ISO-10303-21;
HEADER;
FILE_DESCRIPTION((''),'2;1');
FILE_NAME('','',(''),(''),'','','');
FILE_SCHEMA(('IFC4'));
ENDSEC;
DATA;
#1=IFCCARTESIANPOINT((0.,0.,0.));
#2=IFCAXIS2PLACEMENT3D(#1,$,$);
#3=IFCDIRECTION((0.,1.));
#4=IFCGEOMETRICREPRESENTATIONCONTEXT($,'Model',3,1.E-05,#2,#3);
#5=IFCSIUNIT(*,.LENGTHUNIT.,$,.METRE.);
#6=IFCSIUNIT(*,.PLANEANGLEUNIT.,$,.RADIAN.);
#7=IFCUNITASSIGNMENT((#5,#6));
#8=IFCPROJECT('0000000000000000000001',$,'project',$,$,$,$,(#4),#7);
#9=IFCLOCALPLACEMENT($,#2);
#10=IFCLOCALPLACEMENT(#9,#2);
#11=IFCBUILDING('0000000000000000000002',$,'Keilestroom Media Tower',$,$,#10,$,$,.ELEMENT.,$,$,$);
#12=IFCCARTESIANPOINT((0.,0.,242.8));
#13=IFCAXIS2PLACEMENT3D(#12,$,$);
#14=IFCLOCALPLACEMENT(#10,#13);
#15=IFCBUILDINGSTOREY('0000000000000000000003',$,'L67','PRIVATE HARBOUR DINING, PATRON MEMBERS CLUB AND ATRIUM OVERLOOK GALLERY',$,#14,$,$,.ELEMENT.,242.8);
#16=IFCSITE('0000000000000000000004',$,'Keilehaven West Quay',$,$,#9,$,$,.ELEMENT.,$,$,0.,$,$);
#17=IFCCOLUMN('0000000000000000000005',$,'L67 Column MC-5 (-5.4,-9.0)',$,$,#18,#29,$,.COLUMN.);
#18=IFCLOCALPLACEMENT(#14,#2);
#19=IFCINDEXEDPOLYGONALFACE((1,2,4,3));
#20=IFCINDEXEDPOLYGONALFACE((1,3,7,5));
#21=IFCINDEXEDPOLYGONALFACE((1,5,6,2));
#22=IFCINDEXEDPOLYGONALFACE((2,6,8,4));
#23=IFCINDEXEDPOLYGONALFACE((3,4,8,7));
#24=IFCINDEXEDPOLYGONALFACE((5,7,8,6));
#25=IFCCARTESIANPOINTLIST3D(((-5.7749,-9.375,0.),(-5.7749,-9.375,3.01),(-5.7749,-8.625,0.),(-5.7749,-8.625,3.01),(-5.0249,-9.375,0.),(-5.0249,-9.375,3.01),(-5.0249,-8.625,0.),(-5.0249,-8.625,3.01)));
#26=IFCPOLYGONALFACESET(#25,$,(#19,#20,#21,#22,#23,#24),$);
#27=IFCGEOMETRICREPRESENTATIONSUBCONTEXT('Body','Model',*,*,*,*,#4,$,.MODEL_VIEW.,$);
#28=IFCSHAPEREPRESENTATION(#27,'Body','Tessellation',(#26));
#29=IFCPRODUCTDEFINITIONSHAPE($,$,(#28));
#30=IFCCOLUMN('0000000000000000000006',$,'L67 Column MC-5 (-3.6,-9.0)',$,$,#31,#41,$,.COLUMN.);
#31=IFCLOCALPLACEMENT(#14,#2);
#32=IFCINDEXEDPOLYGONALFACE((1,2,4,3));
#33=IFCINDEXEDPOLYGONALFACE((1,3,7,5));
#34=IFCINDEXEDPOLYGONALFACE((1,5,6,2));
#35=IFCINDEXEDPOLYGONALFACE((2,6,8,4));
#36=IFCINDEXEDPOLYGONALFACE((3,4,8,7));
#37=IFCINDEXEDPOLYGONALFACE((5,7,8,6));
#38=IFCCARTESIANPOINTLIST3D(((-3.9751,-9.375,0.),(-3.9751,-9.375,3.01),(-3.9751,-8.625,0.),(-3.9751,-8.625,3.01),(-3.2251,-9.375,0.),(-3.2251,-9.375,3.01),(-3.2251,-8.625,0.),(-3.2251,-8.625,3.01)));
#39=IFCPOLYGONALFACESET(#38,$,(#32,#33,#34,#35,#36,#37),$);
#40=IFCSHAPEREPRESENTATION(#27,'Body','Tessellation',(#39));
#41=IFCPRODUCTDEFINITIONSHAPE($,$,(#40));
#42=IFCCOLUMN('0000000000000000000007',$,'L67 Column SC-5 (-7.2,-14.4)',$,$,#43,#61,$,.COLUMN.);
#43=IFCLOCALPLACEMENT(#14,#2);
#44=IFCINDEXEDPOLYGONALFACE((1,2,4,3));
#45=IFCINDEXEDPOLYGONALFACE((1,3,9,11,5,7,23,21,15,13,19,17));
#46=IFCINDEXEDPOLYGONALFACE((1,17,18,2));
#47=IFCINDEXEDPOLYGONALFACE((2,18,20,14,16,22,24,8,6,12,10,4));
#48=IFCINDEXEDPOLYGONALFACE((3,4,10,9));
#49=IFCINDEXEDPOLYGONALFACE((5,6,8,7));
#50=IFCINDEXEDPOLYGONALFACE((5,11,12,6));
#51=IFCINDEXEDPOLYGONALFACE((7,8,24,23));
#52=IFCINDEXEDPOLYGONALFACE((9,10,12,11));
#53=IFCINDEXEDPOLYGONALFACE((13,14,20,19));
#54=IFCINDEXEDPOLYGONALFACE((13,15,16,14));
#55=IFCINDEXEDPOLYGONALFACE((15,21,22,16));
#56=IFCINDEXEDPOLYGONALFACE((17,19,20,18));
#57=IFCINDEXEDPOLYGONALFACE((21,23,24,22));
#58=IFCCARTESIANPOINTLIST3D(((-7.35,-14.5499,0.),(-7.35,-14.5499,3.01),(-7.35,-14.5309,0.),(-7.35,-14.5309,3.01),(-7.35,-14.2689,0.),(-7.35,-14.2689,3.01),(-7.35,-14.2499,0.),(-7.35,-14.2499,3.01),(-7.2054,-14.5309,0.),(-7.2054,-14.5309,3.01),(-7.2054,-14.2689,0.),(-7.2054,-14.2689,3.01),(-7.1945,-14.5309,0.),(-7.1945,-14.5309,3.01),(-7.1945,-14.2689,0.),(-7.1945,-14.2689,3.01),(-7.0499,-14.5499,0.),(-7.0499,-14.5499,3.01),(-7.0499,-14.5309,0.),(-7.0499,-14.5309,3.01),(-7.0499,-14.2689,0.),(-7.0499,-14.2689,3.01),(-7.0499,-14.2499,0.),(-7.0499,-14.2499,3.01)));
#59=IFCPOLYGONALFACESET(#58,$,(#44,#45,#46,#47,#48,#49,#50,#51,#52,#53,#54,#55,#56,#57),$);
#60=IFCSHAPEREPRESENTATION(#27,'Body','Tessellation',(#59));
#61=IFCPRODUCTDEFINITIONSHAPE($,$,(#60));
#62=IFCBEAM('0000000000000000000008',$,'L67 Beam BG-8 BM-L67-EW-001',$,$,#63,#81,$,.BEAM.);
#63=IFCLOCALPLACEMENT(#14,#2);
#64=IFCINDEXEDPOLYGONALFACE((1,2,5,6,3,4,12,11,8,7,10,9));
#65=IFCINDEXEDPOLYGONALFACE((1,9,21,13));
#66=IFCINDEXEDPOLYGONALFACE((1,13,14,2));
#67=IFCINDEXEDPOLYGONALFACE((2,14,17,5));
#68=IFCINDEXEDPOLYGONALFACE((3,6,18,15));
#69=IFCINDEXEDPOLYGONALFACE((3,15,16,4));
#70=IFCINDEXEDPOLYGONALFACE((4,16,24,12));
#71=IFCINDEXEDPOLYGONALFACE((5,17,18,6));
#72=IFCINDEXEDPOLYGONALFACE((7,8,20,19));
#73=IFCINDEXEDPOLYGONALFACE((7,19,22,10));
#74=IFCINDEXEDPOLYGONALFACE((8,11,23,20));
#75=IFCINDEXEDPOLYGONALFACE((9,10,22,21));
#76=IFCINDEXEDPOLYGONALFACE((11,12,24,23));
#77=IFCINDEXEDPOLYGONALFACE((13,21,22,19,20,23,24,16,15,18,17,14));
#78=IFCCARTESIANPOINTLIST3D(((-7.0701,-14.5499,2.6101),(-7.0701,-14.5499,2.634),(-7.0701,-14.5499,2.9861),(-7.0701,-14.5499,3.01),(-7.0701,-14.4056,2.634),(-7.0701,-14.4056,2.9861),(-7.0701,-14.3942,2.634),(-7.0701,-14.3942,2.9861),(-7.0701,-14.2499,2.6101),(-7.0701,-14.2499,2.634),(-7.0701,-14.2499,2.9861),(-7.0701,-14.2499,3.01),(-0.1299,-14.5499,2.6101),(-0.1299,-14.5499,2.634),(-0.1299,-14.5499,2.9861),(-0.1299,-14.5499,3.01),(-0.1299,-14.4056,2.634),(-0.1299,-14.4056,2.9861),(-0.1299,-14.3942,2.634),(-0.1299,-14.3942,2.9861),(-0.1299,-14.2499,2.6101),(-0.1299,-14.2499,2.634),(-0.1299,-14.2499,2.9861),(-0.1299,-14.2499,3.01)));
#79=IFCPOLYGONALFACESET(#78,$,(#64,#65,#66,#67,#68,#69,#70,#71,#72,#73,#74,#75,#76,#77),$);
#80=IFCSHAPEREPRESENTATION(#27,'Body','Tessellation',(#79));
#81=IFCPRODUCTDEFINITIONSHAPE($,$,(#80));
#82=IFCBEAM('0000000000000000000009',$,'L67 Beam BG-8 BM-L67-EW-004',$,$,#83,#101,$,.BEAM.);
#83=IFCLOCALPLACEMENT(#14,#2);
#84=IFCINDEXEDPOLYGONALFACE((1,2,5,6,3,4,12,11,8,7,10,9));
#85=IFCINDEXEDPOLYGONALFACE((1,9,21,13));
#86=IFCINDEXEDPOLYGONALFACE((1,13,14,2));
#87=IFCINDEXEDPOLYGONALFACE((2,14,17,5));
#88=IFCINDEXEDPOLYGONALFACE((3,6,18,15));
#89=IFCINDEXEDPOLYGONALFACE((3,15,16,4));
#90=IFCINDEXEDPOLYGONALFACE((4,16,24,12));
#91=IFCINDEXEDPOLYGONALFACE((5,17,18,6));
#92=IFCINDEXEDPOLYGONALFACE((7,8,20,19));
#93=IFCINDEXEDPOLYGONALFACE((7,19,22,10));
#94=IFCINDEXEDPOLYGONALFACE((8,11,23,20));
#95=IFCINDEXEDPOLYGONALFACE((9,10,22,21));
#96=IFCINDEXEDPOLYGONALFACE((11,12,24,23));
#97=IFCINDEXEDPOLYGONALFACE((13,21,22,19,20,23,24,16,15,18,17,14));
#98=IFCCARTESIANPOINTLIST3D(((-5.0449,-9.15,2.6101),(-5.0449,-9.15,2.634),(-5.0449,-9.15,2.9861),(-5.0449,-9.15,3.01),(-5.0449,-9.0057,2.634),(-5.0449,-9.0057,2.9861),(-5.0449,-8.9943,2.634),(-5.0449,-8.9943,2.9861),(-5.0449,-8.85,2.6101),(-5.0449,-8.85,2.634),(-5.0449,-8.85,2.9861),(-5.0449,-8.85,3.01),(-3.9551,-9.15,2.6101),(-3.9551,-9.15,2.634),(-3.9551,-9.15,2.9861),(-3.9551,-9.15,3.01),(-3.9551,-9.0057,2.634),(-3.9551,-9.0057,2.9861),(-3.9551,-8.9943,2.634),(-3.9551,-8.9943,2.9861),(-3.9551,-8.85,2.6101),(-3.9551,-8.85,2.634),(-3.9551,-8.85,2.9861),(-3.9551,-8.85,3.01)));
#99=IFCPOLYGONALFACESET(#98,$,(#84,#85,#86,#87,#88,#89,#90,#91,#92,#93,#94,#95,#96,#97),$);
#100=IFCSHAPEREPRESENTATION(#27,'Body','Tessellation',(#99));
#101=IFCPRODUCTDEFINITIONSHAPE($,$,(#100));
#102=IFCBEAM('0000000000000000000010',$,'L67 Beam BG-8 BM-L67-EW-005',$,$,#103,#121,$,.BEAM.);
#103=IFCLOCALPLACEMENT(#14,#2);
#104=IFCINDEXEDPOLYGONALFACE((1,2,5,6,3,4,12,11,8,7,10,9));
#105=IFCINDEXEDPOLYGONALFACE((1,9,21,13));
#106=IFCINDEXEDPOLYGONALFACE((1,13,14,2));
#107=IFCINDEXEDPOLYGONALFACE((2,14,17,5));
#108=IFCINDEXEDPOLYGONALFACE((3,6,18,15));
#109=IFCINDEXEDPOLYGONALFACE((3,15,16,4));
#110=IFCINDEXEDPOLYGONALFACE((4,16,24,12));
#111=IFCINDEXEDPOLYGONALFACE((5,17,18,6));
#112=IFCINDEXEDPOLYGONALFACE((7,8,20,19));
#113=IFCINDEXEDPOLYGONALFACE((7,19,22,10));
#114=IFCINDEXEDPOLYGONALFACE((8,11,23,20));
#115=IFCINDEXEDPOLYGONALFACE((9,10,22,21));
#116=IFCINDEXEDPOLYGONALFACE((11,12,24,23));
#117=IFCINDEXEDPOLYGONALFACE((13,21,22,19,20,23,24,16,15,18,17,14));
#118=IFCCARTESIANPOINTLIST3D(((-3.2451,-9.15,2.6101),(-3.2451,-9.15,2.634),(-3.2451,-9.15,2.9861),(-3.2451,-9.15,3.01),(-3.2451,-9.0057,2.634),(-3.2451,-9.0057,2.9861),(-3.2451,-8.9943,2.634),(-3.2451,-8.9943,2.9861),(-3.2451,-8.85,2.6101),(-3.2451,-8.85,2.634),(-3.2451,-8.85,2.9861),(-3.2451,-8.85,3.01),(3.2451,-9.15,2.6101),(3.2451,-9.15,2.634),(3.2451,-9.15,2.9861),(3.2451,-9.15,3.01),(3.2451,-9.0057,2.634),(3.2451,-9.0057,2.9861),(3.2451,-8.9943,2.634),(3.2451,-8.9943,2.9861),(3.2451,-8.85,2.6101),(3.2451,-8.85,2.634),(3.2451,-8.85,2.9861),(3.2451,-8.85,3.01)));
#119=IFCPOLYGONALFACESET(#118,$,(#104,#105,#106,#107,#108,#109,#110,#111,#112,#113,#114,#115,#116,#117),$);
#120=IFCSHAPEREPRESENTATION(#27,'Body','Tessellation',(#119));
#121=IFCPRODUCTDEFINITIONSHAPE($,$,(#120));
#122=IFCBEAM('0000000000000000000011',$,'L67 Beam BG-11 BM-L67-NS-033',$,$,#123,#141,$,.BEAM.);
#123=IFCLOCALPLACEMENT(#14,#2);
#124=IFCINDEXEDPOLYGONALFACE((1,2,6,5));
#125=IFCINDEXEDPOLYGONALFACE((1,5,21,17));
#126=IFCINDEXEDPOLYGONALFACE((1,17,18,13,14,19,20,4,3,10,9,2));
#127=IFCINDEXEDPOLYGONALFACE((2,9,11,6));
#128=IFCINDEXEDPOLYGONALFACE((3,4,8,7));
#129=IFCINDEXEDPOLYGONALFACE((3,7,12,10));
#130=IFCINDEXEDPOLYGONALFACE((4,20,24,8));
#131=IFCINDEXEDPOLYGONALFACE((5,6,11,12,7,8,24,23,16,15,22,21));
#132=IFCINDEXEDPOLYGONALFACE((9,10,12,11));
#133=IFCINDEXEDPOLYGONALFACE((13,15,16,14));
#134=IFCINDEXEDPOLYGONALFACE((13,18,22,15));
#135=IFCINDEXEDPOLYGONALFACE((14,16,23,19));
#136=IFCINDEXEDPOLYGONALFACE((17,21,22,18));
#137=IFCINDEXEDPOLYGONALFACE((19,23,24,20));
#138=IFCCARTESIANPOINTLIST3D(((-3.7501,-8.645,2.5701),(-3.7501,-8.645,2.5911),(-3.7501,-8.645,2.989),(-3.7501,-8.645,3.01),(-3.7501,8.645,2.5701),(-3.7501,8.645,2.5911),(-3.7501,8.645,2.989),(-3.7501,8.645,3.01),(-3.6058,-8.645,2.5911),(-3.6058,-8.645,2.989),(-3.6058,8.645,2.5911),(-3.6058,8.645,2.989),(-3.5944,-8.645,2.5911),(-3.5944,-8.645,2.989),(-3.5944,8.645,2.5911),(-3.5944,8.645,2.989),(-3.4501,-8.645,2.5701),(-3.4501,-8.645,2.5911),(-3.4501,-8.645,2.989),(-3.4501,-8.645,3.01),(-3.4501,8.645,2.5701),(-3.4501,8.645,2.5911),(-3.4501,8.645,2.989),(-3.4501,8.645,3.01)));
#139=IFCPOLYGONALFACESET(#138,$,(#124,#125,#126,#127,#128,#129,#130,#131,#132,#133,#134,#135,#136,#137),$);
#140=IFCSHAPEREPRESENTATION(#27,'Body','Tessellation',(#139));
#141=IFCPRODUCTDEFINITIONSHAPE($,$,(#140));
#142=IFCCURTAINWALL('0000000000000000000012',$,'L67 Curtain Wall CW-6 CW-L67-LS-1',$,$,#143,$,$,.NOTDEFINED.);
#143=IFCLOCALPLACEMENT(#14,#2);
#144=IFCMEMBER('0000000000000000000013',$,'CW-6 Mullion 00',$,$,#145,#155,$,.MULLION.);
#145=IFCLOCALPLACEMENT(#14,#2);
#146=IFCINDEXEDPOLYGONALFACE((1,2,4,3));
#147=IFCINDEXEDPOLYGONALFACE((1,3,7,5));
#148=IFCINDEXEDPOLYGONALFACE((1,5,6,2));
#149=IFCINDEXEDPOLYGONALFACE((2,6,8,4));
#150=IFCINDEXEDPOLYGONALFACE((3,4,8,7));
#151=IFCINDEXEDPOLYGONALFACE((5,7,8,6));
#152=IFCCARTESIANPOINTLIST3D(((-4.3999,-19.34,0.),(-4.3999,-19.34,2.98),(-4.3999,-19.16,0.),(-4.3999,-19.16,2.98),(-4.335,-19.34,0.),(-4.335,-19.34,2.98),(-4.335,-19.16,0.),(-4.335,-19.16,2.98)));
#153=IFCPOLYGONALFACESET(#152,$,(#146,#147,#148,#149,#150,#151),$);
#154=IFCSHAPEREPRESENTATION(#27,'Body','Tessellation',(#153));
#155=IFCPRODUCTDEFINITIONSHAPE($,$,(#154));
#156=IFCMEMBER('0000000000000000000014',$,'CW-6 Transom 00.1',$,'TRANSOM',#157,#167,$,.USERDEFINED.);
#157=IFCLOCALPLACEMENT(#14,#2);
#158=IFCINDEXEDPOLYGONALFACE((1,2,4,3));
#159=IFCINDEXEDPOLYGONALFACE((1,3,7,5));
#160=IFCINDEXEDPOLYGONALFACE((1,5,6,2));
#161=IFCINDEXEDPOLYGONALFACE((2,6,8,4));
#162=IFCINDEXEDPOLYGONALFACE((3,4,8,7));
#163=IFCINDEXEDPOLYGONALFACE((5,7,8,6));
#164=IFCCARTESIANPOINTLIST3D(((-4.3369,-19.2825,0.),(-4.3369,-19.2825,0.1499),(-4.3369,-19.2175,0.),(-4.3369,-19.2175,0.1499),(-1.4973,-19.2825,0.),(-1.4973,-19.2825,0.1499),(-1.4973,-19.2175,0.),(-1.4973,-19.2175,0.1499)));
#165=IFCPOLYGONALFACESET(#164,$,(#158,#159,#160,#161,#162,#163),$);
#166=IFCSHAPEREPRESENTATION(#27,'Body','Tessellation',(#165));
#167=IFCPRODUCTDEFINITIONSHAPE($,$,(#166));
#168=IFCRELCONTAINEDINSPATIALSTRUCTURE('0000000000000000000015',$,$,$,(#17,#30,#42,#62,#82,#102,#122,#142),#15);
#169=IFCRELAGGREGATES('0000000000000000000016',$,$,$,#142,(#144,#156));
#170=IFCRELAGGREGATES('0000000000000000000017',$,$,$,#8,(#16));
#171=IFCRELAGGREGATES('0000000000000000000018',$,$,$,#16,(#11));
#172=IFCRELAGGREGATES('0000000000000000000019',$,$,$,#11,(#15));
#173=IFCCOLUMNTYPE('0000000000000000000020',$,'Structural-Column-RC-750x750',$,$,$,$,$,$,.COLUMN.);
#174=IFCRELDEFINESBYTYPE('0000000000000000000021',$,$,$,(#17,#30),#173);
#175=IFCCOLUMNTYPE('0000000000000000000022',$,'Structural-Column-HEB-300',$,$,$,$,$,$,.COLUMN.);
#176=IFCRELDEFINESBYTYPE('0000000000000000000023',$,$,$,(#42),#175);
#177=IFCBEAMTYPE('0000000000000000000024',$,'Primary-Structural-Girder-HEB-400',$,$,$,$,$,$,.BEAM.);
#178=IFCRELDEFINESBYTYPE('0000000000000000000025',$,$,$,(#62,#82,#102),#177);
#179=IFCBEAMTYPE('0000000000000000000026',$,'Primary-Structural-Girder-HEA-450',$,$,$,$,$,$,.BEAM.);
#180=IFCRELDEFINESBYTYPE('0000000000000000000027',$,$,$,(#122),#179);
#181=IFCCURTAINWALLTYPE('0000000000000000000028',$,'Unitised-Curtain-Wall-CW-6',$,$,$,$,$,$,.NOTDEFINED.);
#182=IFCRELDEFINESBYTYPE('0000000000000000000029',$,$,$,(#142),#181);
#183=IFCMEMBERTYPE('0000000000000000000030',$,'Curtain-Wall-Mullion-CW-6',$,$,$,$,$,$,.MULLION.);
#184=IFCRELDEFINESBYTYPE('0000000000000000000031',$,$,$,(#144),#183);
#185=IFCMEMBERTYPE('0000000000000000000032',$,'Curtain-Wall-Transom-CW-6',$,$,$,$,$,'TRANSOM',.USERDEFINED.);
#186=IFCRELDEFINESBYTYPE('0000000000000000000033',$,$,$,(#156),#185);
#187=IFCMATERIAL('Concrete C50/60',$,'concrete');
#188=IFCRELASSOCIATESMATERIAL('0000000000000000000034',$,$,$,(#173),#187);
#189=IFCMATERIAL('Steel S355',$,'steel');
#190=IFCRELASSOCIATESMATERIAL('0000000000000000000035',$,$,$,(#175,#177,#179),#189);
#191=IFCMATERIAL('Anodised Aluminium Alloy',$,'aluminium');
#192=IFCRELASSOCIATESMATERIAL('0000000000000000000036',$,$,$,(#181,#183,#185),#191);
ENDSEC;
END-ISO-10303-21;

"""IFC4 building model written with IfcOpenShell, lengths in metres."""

from ifc_helpers import new_model, si_unit, direction, frame, origin, origin_2d, place, context, subcontext, project, spatial, rectangle, i_section, extrude, source, transform, mapped, material, material_profile, profile_set, type_object, element, aggregate, save


model = new_model("IFC4")

# Units and contexts
model_context = context("Model", 3, precision=1e-05, world=origin(), true_north=direction((0.0, 1.0)))
body_context = subcontext(model_context, "Body", "Model", "MODEL_VIEW")
ifc_project = project(units=[si_unit("LENGTHUNIT", "METRE"), si_unit("PLANEANGLEUNIT", "RADIAN")], contexts=[model_context])

# Site, building, storey
site_placement = place(None, origin())
site = spatial("IfcSite", under=ifc_project, at=site_placement, Name="Keilehaven West Quay", CompositionType="ELEMENT", RefElevation=0.0)
building_placement = place(site_placement, origin())
building = spatial("IfcBuilding", under=site, at=building_placement, Name="Keilestroom Media Tower", CompositionType="ELEMENT")
storey_placement = place(building_placement, frame((0.0, 0.0, 242.8)))
storey = spatial("IfcBuildingStorey", under=building, at=storey_placement, Name="L67", Description="PRIVATE HARBOUR DINING, PATRON MEMBERS CLUB AND ATRIUM OVERLOOK GALLERY", CompositionType="ELEMENT", Elevation=242.8)

# Columns
ifc_material_1 = material(Name="Concrete C50/60", Category="concrete")
ifc_material_profile_1 = material_profile(ifc_material_1, rectangle(XDim=0.75, YDim=0.75, at=origin_2d()), Name="RC 750x750")
ifc_profile_set_1 = profile_set([ifc_material_profile_1], Name="Concrete C50/60")
column_type_1 = type_object("IfcColumnType", Name="Structural-Column-RC-750x750", PredefinedType="COLUMN", material=ifc_profile_set_1)
shared_shape_1 = source(origin(), body_context, "Body", "SweptSolid", [
    extrude(rectangle(XDim=0.75, YDim=0.75, at=origin_2d()), origin(), (0.0, 0.0, 1.0), 3.01),
])
for number, where, z_axis, x_axis, name in (
    (1, (-5.3999, -9.0, 0.0), (0.0, 0.0, 1.0), (1.0, 0.0, 0.0), "L67 Column MC-5 (-5.4,-9.0)"),
    (2, (-3.6001, -9.0, 0.0), (0.0, 0.0, 1.0), (1.0, 0.0, 0.0), "L67 Column MC-5 (-3.6,-9.0)"),
):
    element("IfcColumn", number, at=place(storey_placement, frame(where, z_axis=z_axis, x_axis=x_axis)), inside=storey, type_object=column_type_1, Name=name, PredefinedType="COLUMN", context=body_context, shape_type="MappedRepresentation", body=[
        mapped(shared_shape_1, transform((0.0, 0.0, 0.0), x_axis=(1.0, 0.0, 0.0), y_axis=(0.0, 1.0, 0.0), z_axis=(0.0, 0.0, 1.0), scale=1.0)),
    ])
ifc_material_2 = material(Name="Steel S355", Category="steel")
ifc_material_profile_2 = material_profile(ifc_material_2, i_section(OverallWidth=0.3, OverallDepth=0.3, WebThickness=0.011, FlangeThickness=0.019, at=origin_2d()), Name="HEB 300")
ifc_profile_set_2 = profile_set([ifc_material_profile_2], Name="Steel S355")
column_type_2 = type_object("IfcColumnType", Name="Structural-Column-HEB-300", PredefinedType="COLUMN", material=ifc_profile_set_2)
shared_shape_2 = source(origin(), body_context, "Body", "SweptSolid", [
    extrude(i_section(OverallWidth=0.3, OverallDepth=0.3, WebThickness=0.011, FlangeThickness=0.019, at=origin_2d()), origin(), (0.0, 0.0, 1.0), 3.01),
])
column_placement = place(storey_placement, frame((-7.2, -14.3999, 0.0), z_axis=(0.0, 0.0, 1.0), x_axis=(1.0, 0.0, 0.0)))
element("IfcColumn", 3, at=column_placement, inside=storey, type_object=column_type_2, Name="L67 Column SC-5 (-7.2,-14.4)", PredefinedType="COLUMN", context=body_context, shape_type="MappedRepresentation", body=[
    mapped(shared_shape_2, transform((0.0, 0.0, 0.0), x_axis=(1.0, 0.0, 0.0), y_axis=(0.0, 1.0, 0.0), z_axis=(0.0, 0.0, 1.0), scale=1.0)),
])

# Beams
ifc_material_profile_3 = material_profile(ifc_material_2, i_section(OverallWidth=0.3, OverallDepth=0.3999, WebThickness=0.0115, FlangeThickness=0.0239, at=origin_2d()), Name="HEB 400")
ifc_profile_set_3 = profile_set([ifc_material_profile_3], Name="Steel S355")
beam_type_1 = type_object("IfcBeamType", Name="Primary-Structural-Girder-HEB-400", PredefinedType="BEAM", material=ifc_profile_set_3)
shared_shape_3 = source(origin(), body_context, "Body", "SweptSolid", [
    extrude(i_section(OverallWidth=0.3, OverallDepth=0.3999, WebThickness=0.0115, FlangeThickness=0.0239, at=origin_2d()), origin(), (0.0, 0.0, 1.0), 6.9402),
])
beam_1_placement = place(storey_placement, frame((-7.0701, -14.3999, 2.8101), z_axis=(1.0, 0.0, 0.0), x_axis=(0.0, 1.0, 0.0)))
element("IfcBeam", 4, at=beam_1_placement, inside=storey, type_object=beam_type_1, Name="L67 Beam BG-8 BM-L67-EW-001", PredefinedType="BEAM", context=body_context, shape_type="MappedRepresentation", body=[
    mapped(shared_shape_3, transform((0.0, 0.0, 0.0), x_axis=(1.0, 0.0, 0.0), y_axis=(0.0, 1.0, 0.0), z_axis=(0.0, 0.0, 1.0), scale=1.0)),
])
shared_shape_4 = source(origin(), body_context, "Body", "SweptSolid", [
    extrude(i_section(OverallWidth=0.3, OverallDepth=0.3999, WebThickness=0.0115, FlangeThickness=0.0239, at=origin_2d()), origin(), (0.0, 0.0, 1.0), 1.0898),
])
beam_2_placement = place(storey_placement, frame((-5.0449, -9.0, 2.8101), z_axis=(1.0, 0.0, 0.0), x_axis=(0.0, 1.0, 0.0)))
element("IfcBeam", 5, at=beam_2_placement, inside=storey, type_object=beam_type_1, Name="L67 Beam BG-8 BM-L67-EW-004", PredefinedType="BEAM", context=body_context, shape_type="MappedRepresentation", body=[
    mapped(shared_shape_4, transform((0.0, 0.0, 0.0), x_axis=(1.0, 0.0, 0.0), y_axis=(0.0, 1.0, 0.0), z_axis=(0.0, 0.0, 1.0), scale=1.0)),
])
shared_shape_5 = source(origin(), body_context, "Body", "SweptSolid", [
    extrude(i_section(OverallWidth=0.3, OverallDepth=0.3999, WebThickness=0.0115, FlangeThickness=0.0239, at=origin_2d()), origin(), (0.0, 0.0, 1.0), 6.4902),
])
beam_3_placement = place(storey_placement, frame((-3.2451, -9.0, 2.8101), z_axis=(1.0, 0.0, 0.0), x_axis=(0.0, 1.0, 0.0)))
element("IfcBeam", 6, at=beam_3_placement, inside=storey, type_object=beam_type_1, Name="L67 Beam BG-8 BM-L67-EW-005", PredefinedType="BEAM", context=body_context, shape_type="MappedRepresentation", body=[
    mapped(shared_shape_5, transform((0.0, 0.0, 0.0), x_axis=(1.0, 0.0, 0.0), y_axis=(0.0, 1.0, 0.0), z_axis=(0.0, 0.0, 1.0), scale=1.0)),
])
ifc_material_profile_4 = material_profile(ifc_material_2, i_section(OverallWidth=0.3, OverallDepth=0.4399, WebThickness=0.0115, FlangeThickness=0.021, at=origin_2d()), Name="HEA 450")
ifc_profile_set_4 = profile_set([ifc_material_profile_4], Name="Steel S355")
beam_type_2 = type_object("IfcBeamType", Name="Primary-Structural-Girder-HEA-450", PredefinedType="BEAM", material=ifc_profile_set_4)
shared_shape_6 = source(origin(), body_context, "Body", "SweptSolid", [
    extrude(i_section(OverallWidth=0.3, OverallDepth=0.4399, WebThickness=0.0115, FlangeThickness=0.021, at=origin_2d()), origin(), (0.0, 0.0, 1.0), 17.29),
])
beam_4_placement = place(storey_placement, frame((-3.6001, -8.645, 2.79), z_axis=(0.0, 1.0, 0.0), x_axis=(-1.0, 0.0, 0.0)))
element("IfcBeam", 7, at=beam_4_placement, inside=storey, type_object=beam_type_2, Name="L67 Beam BG-11 BM-L67-NS-033", PredefinedType="BEAM", context=body_context, shape_type="MappedRepresentation", body=[
    mapped(shared_shape_6, transform((0.0, 0.0, 0.0), x_axis=(1.0, 0.0, 0.0), y_axis=(0.0, 1.0, 0.0), z_axis=(0.0, 0.0, 1.0), scale=1.0)),
])

# Curtain wall, members
ifc_material_3 = material(Name="Anodised Aluminium Alloy", Category="aluminium")
curtain_wall_type = type_object("IfcCurtainWallType", Name="Unitised-Curtain-Wall-CW-6", PredefinedType="NOTDEFINED", material=ifc_material_3)
curtain_wall_placement = place(storey_placement, origin())
curtain_wall = element("IfcCurtainWall", 8, at=curtain_wall_placement, inside=storey, type_object=curtain_wall_type, Name="L67 Curtain Wall CW-6 CW-L67-LS-1", PredefinedType="NOTDEFINED")
ifc_material_profile_5 = material_profile(ifc_material_3, rectangle(XDim=0.0649, YDim=0.1799, at=origin_2d()), Name="ALU MULLION 65x180")
ifc_profile_set_5 = profile_set([ifc_material_profile_5], Name="Anodised Aluminium Alloy")
member_type_1 = type_object("IfcMemberType", Name="Curtain-Wall-Mullion-CW-6", PredefinedType="MULLION", material=ifc_profile_set_5)
shared_shape_7 = source(origin(), body_context, "Body", "SweptSolid", [
    extrude(rectangle(XDim=0.0649, YDim=0.1799, at=origin_2d()), origin(), (0.0, 0.0, 1.0), 2.98),
])
member_1_placement = place(storey_placement, frame((-4.3674, -19.25, 0.0), z_axis=(0.0, 0.0, 1.0), x_axis=(1.0, 0.0, 0.0)))
member_1 = element("IfcMember", 9, at=member_1_placement, type_object=member_type_1, Name="CW-6 Mullion 00", PredefinedType="MULLION", context=body_context, shape_type="MappedRepresentation", body=[
    mapped(shared_shape_7, transform((0.0, 0.0, 0.0), x_axis=(1.0, 0.0, 0.0), y_axis=(0.0, 1.0, 0.0), z_axis=(0.0, 0.0, 1.0), scale=1.0)),
])
ifc_material_profile_6 = material_profile(ifc_material_3, rectangle(XDim=0.0649, YDim=0.1499, at=origin_2d()), Name="ALU TRANSOM 65x150")
ifc_profile_set_6 = profile_set([ifc_material_profile_6], Name="Anodised Aluminium Alloy")
member_type_2 = type_object("IfcMemberType", Name="Curtain-Wall-Transom-CW-6", ElementType="TRANSOM", PredefinedType="USERDEFINED", material=ifc_profile_set_6)
shared_shape_8 = source(origin(), body_context, "Body", "SweptSolid", [
    extrude(rectangle(XDim=0.0649, YDim=0.1499, at=origin_2d()), origin(), (0.0, 0.0, 1.0), 2.8396),
])
member_2_placement = place(storey_placement, frame((-4.3369, -19.25, 0.075), z_axis=(1.0, 0.0, 0.0), x_axis=(0.0, 1.0, 0.0)))
member_2 = element("IfcMember", 10, at=member_2_placement, type_object=member_type_2, Name="CW-6 Transom 00.1", ObjectType="TRANSOM", PredefinedType="USERDEFINED", context=body_context, shape_type="MappedRepresentation", body=[
    mapped(shared_shape_8, transform((0.0, 0.0, 0.0), x_axis=(1.0, 0.0, 0.0), y_axis=(0.0, 1.0, 0.0), z_axis=(0.0, 0.0, 1.0), scale=1.0)),
])
aggregate(curtain_wall, [member_1, member_2])

save(model, "model.ifc")
